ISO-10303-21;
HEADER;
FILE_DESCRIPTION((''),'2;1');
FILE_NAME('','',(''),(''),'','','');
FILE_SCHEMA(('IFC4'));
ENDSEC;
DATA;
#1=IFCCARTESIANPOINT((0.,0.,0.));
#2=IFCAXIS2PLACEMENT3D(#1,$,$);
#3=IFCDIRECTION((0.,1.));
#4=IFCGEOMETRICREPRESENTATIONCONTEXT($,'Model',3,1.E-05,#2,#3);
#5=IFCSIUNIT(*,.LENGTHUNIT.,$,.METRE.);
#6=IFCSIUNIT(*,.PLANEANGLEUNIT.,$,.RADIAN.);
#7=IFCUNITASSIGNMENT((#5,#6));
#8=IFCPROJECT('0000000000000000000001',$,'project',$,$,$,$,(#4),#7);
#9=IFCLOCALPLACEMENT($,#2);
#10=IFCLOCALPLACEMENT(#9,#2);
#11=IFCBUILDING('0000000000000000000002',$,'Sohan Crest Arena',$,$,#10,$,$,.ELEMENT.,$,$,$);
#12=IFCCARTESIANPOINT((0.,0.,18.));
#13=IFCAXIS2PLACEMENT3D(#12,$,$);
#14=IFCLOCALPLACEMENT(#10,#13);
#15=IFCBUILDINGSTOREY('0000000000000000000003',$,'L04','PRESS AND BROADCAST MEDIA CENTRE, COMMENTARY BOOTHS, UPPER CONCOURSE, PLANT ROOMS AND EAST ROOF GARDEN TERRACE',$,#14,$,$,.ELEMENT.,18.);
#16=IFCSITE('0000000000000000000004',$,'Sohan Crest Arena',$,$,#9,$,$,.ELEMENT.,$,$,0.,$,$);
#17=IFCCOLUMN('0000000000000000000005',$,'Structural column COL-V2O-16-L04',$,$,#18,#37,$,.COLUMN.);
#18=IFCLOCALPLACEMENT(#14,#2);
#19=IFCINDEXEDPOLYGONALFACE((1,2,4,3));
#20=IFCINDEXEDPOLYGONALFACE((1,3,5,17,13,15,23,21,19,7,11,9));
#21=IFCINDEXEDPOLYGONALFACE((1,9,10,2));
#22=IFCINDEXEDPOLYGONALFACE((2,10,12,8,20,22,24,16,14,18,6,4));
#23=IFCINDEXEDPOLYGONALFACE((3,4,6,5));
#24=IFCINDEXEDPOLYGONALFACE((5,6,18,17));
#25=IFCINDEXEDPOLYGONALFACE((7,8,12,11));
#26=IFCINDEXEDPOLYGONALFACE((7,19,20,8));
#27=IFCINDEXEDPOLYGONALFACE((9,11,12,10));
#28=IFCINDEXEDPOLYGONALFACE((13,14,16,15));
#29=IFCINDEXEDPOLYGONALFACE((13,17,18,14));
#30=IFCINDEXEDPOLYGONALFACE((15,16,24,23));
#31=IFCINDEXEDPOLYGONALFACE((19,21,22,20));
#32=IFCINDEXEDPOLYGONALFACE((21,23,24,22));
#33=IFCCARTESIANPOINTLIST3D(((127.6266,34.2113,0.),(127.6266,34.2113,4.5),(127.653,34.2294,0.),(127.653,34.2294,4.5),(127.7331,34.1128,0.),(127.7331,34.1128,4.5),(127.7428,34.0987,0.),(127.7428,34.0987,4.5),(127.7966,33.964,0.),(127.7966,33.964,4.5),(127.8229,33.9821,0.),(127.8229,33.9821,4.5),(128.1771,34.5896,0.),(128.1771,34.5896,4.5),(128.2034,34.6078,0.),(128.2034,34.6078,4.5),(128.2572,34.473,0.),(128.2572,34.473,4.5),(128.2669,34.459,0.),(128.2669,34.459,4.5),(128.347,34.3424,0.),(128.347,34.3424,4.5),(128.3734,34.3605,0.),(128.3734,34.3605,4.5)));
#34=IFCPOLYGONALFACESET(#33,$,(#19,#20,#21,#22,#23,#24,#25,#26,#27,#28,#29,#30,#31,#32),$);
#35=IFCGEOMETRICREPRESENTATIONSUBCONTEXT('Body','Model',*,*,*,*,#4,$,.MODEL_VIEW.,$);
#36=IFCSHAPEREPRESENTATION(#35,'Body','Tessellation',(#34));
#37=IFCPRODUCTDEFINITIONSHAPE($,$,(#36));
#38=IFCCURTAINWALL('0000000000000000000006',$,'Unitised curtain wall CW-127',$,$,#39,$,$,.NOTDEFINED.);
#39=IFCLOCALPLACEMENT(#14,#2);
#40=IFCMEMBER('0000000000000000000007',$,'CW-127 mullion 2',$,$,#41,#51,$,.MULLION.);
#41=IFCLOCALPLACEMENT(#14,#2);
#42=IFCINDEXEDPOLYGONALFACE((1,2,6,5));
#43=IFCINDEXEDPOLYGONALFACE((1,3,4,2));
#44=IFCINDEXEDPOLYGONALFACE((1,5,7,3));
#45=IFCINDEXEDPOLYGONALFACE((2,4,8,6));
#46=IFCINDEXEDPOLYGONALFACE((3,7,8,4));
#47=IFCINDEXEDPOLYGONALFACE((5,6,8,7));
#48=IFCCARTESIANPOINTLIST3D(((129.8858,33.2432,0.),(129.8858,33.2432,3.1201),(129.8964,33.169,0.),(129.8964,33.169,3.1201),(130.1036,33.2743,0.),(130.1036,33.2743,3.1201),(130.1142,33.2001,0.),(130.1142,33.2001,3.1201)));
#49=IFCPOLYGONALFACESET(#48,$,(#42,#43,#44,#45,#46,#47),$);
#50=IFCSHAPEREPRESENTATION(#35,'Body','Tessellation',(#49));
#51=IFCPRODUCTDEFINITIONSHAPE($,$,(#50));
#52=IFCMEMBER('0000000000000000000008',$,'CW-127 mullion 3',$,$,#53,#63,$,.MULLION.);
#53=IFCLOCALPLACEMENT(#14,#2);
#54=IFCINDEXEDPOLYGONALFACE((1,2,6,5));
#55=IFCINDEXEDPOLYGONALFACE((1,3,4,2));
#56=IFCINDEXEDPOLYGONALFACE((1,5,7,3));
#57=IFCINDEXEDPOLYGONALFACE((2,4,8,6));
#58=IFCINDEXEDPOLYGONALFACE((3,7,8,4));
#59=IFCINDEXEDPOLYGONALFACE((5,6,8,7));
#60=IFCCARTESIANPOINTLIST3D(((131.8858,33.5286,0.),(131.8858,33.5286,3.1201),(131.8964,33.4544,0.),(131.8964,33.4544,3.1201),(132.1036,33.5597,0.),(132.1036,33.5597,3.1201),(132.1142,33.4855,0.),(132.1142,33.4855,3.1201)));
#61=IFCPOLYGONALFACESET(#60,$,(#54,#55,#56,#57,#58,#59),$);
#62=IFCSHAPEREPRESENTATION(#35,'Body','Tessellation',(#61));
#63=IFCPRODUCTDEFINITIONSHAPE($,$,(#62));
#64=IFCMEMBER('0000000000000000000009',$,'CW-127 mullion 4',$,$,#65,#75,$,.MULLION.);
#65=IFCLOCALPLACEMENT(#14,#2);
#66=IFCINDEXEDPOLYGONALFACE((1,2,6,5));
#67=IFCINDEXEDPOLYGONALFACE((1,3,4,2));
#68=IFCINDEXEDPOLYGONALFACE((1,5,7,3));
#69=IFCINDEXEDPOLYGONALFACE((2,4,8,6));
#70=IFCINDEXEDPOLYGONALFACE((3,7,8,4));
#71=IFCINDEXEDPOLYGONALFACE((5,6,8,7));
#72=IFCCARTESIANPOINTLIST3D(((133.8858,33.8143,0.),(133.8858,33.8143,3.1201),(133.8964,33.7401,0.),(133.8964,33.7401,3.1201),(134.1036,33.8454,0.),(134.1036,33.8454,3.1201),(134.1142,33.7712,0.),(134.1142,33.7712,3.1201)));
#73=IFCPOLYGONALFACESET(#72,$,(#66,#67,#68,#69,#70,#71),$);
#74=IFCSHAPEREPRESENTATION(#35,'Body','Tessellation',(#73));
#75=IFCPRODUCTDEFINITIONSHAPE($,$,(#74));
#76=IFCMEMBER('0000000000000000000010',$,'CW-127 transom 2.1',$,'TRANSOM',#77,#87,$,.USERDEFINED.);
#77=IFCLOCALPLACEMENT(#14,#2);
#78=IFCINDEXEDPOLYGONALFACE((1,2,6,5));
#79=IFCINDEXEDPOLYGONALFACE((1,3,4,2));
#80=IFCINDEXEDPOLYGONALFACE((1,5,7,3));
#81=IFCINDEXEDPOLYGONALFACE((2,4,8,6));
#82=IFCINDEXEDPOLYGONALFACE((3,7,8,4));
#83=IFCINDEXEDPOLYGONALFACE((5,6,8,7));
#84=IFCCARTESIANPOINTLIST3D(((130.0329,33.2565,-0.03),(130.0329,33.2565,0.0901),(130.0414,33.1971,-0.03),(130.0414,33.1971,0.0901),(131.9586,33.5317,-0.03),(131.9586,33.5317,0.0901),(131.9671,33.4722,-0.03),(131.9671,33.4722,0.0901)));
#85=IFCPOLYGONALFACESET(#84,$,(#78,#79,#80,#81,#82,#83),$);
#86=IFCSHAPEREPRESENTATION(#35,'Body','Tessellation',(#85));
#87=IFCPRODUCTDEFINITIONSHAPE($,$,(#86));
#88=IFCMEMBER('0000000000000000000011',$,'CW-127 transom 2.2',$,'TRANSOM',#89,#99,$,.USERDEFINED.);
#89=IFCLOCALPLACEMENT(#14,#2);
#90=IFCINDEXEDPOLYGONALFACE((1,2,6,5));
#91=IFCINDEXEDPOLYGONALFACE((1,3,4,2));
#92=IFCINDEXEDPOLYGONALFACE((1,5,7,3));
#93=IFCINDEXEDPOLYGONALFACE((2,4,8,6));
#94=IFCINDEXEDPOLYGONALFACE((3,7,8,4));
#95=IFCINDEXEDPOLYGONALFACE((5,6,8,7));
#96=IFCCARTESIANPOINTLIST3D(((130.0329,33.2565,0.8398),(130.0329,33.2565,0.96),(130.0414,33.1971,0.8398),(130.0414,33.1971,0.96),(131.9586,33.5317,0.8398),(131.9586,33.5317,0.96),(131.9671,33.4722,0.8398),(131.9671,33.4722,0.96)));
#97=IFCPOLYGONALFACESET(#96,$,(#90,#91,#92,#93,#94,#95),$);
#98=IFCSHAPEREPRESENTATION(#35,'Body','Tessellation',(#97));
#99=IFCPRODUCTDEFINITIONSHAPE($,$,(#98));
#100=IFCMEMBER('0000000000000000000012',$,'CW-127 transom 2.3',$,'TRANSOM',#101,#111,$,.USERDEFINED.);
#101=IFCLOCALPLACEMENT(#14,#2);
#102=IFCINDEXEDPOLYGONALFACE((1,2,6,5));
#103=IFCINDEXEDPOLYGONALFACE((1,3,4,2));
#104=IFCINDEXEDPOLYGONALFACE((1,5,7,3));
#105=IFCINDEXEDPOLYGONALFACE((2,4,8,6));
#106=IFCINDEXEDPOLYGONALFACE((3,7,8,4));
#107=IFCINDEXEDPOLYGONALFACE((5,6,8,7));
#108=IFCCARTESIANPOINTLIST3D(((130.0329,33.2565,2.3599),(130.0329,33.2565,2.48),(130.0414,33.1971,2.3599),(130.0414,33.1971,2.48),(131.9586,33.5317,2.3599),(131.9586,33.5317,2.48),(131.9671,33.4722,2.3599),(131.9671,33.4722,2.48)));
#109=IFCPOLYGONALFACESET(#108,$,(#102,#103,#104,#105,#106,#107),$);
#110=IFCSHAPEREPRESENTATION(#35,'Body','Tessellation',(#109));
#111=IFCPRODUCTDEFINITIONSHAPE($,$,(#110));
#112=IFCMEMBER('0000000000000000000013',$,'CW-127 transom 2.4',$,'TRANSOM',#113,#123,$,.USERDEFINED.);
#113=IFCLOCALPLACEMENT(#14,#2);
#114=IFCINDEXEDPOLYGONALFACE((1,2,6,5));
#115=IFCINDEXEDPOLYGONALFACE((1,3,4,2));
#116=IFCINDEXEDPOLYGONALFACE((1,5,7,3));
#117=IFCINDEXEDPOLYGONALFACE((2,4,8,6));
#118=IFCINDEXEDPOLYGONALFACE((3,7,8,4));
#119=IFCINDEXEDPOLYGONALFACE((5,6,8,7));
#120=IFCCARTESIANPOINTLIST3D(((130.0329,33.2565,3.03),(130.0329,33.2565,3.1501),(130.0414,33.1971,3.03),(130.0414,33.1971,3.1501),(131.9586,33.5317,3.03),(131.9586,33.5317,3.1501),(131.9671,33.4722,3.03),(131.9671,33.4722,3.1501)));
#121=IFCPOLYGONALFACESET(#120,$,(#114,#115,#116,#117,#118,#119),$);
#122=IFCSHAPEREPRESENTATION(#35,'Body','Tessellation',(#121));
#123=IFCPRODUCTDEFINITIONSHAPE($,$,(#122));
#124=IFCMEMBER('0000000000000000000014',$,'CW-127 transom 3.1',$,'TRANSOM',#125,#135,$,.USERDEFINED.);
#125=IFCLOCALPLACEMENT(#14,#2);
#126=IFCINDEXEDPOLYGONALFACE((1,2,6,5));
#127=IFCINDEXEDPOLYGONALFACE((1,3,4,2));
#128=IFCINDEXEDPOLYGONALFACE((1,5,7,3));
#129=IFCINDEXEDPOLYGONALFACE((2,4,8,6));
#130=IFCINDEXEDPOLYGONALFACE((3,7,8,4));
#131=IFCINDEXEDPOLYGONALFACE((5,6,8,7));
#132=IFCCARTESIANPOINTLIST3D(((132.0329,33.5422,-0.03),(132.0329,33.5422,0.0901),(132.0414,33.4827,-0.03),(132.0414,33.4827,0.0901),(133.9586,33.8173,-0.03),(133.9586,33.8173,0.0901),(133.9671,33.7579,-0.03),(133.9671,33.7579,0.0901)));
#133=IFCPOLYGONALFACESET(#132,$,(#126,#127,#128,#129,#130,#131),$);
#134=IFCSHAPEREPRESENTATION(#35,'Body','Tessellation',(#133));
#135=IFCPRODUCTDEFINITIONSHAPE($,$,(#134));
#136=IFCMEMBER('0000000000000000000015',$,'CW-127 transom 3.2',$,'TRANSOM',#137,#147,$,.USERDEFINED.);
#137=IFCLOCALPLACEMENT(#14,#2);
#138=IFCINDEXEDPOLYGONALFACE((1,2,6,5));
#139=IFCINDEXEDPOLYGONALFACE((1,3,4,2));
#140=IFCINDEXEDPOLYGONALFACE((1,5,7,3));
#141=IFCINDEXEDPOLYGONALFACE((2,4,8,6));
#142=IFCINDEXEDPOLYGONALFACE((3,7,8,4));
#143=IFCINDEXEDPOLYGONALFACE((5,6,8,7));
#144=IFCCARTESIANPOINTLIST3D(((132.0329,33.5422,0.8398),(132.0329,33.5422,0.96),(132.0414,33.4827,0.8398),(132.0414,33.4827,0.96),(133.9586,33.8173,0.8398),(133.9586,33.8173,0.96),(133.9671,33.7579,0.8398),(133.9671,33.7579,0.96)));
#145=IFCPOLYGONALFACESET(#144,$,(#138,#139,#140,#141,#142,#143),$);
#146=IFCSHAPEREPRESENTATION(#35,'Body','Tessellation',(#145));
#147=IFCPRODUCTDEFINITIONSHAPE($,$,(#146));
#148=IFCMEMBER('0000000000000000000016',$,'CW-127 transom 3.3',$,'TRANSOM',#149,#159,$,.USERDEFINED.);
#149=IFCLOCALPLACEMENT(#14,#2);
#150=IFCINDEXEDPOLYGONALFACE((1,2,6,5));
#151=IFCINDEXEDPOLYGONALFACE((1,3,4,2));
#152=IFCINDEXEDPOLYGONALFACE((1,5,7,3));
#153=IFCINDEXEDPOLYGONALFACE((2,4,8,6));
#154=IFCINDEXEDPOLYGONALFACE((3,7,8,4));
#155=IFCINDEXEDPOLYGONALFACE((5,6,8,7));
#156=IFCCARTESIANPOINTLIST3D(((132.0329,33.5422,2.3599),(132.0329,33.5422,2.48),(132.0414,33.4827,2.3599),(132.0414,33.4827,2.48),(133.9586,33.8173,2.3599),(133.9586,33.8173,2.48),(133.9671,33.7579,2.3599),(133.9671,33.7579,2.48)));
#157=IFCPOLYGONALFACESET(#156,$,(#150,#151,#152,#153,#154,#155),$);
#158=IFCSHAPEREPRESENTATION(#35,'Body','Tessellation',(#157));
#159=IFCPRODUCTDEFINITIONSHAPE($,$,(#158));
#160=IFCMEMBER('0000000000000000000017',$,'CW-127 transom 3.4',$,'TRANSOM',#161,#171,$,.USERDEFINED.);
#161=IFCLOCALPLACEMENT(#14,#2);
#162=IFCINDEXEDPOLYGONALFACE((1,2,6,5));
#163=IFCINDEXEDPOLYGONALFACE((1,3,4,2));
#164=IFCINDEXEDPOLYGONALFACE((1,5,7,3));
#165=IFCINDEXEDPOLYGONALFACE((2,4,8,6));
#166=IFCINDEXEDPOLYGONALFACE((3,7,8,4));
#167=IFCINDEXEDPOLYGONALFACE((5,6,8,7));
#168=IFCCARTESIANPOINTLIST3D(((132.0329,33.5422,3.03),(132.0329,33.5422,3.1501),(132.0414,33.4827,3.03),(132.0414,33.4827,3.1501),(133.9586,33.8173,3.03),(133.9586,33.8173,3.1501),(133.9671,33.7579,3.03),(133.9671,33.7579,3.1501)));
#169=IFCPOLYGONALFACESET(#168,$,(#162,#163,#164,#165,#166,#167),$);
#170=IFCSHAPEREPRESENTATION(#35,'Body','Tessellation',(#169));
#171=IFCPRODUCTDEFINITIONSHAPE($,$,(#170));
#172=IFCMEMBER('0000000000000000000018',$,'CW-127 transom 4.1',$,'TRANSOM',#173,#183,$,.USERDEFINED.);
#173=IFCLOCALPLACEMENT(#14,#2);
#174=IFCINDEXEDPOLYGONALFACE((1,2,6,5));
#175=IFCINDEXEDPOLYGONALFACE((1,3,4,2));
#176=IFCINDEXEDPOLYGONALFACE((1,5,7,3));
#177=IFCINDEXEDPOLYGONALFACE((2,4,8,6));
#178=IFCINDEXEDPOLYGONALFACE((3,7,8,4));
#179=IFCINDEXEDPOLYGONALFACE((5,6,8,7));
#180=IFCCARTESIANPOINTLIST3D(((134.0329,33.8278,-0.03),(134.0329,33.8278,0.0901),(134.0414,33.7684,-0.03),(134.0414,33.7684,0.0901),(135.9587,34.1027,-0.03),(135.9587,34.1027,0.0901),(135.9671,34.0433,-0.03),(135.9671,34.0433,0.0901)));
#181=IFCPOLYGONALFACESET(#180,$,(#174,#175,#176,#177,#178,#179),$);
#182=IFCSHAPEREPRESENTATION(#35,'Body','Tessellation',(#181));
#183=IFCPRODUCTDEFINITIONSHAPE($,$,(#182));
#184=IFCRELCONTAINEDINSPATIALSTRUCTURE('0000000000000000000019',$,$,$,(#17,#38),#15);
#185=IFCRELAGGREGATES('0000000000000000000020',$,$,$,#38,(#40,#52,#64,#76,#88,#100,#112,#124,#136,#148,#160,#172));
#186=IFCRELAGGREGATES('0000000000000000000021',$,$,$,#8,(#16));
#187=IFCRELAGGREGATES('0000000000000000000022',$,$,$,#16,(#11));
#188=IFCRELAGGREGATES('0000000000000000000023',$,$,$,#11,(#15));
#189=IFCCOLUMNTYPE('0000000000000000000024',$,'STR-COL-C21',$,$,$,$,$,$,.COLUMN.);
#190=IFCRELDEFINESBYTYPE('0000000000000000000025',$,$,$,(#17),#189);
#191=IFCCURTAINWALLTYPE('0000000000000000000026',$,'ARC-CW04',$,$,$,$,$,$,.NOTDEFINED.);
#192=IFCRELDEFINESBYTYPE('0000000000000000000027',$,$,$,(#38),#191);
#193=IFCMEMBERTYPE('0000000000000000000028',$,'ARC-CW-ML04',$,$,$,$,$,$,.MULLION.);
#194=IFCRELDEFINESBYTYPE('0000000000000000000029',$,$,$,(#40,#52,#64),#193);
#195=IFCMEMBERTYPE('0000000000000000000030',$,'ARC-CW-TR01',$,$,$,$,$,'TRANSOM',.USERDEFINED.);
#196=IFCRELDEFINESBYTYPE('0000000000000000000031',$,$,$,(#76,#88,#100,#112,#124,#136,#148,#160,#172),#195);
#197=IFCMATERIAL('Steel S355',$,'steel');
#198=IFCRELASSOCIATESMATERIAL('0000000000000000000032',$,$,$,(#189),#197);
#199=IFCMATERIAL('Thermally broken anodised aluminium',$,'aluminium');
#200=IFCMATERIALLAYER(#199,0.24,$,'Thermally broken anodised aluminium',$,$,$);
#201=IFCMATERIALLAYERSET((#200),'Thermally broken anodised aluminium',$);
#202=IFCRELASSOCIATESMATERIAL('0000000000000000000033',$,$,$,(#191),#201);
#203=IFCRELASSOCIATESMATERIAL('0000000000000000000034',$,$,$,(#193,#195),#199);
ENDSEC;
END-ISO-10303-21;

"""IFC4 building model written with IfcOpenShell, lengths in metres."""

from ifc_helpers import new_model, si_unit, direction, frame, origin, origin_2d, place, context, subcontext, project, spatial, rectangle, i_section, extrude, material, layer, layer_set, material_profile, profile_set, type_object, element, aggregate, save


model = new_model("IFC4")

# Units and contexts
model_context = context("Model", 3, precision=1e-05, world=origin(), true_north=direction((0.0, 1.0)))
body_context = subcontext(model_context, "Body", "Model", "MODEL_VIEW")
ifc_project = project(units=[si_unit("LENGTHUNIT", "METRE"), si_unit("PLANEANGLEUNIT", "RADIAN")], contexts=[model_context])

# Site, building, storey
site_placement = place(None, origin())
site = spatial("IfcSite", under=ifc_project, at=site_placement, Name="Sohan Crest Arena", CompositionType="ELEMENT", RefElevation=0.0)
building_placement = place(site_placement, origin())
building = spatial("IfcBuilding", under=site, at=building_placement, Name="Sohan Crest Arena", CompositionType="ELEMENT")
storey_placement = place(building_placement, frame((0.0, 0.0, 18.0)))
storey = spatial("IfcBuildingStorey", under=building, at=storey_placement, Name="L04", Description="PRESS AND BROADCAST MEDIA CENTRE, COMMENTARY BOOTHS, UPPER CONCOURSE, PLANT ROOMS AND EAST ROOF GARDEN TERRACE", CompositionType="ELEMENT", Elevation=18.0)

# Column
ifc_material_1 = material(Name="Steel S355", Category="steel")
ifc_material_profile_1 = material_profile(ifc_material_1, i_section(OverallWidth=0.3, OverallDepth=0.7, WebThickness=0.0171, FlangeThickness=0.032, at=origin_2d()), Name="HEB 700")
ifc_profile_set_1 = profile_set([ifc_material_profile_1], Name="Steel S355")
column_type = type_object("IfcColumnType", Name="STR-COL-C21", PredefinedType="COLUMN", material=ifc_profile_set_1)
column_placement = place(storey_placement, frame((128.0, 34.2859, 0.0), z_axis=(0.0, 0.0, 1.0), x_axis=(-0.566406, 0.824126, 0.0)))
element("IfcColumn", 1, at=column_placement, inside=storey, type_object=column_type, Name="Structural column COL-V2O-16-L04", PredefinedType="COLUMN", context=body_context, shape_type="SweptSolid", body=[
    extrude(i_section(OverallWidth=0.3, OverallDepth=0.7, WebThickness=0.0171, FlangeThickness=0.032, at=origin_2d()), origin(), (0.0, 0.0, 1.0), 4.5),
])

# Curtain wall, members
ifc_material_2 = material(Name="Thermally broken anodised aluminium", Category="aluminium")
ifc_layer_1 = layer(ifc_material_2, 0.24, Name="Thermally broken anodised aluminium")
ifc_layer_set_1 = layer_set([ifc_layer_1], Name="Thermally broken anodised aluminium")
curtain_wall_type = type_object("IfcCurtainWallType", Name="ARC-CW04", PredefinedType="NOTDEFINED", material=ifc_layer_set_1)
curtain_wall_placement = place(storey_placement, origin())
curtain_wall = element("IfcCurtainWall", 2, at=curtain_wall_placement, inside=storey, type_object=curtain_wall_type, Name="Unitised curtain wall CW-127", PredefinedType="NOTDEFINED")
ifc_material_profile_2 = material_profile(ifc_material_2, rectangle(XDim=0.075, YDim=0.22, at=origin_2d()), Name="ALU-MULL 75x220")
ifc_profile_set_2 = profile_set([ifc_material_profile_2], Name="Thermally broken anodised aluminium")
member_type_1 = type_object("IfcMemberType", Name="ARC-CW-ML04", PredefinedType="MULLION", material=ifc_profile_set_2)
member_1_placement = place(storey_placement, frame((130.0, 33.2217, 0.0), z_axis=(0.0, 0.0, 1.0), x_axis=(-0.141366, 0.989957, 0.0)))
member_1 = element("IfcMember", 3, at=member_1_placement, type_object=member_type_1, Name="CW-127 mullion 2", PredefinedType="MULLION", context=body_context, shape_type="SweptSolid", body=[
    extrude(rectangle(XDim=0.075, YDim=0.22, at=origin_2d()), origin(), (0.0, 0.0, 1.0), 3.1201),
])
member_2_placement = place(storey_placement, frame((132.0, 33.5071, 0.0), z_axis=(0.0, 0.0, 1.0), x_axis=(-0.141366, 0.989957, 0.0)))
member_2 = element("IfcMember", 4, at=member_2_placement, type_object=member_type_1, Name="CW-127 mullion 3", PredefinedType="MULLION", context=body_context, shape_type="SweptSolid", body=[
    extrude(rectangle(XDim=0.075, YDim=0.22, at=origin_2d()), origin(), (0.0, 0.0, 1.0), 3.1201),
])
member_3_placement = place(storey_placement, frame((134.0, 33.7927, 0.0), z_axis=(0.0, 0.0, 1.0), x_axis=(-0.141366, 0.989957, 0.0)))
member_3 = element("IfcMember", 5, at=member_3_placement, type_object=member_type_1, Name="CW-127 mullion 4", PredefinedType="MULLION", context=body_context, shape_type="SweptSolid", body=[
    extrude(rectangle(XDim=0.075, YDim=0.22, at=origin_2d()), origin(), (0.0, 0.0, 1.0), 3.1201),
])
ifc_material_profile_3 = material_profile(ifc_material_2, rectangle(XDim=0.0601, YDim=0.1201, at=origin_2d()), Name="ALU-TRAN 60x120")
ifc_profile_set_3 = profile_set([ifc_material_profile_3], Name="Thermally broken anodised aluminium")
member_type_2 = type_object("IfcMemberType", Name="ARC-CW-TR01", ElementType="TRANSOM", PredefinedType="USERDEFINED", material=ifc_profile_set_3)
member_4_placement = place(storey_placement, frame((130.0371, 33.2268, 0.03), z_axis=(0.989947, 0.141439, 0.0), x_axis=(-0.141439, 0.989947, 0.0)))
member_4 = element("IfcMember", 6, at=member_4_placement, type_object=member_type_2, Name="CW-127 transom 2.1", ObjectType="TRANSOM", PredefinedType="USERDEFINED", context=body_context, shape_type="SweptSolid", body=[
    extrude(rectangle(XDim=0.0601, YDim=0.1201, at=origin_2d()), origin(), (0.0, 0.0, 1.0), 1.9453),
])
member_5_placement = place(storey_placement, frame((130.0371, 33.2268, 0.8999), z_axis=(0.989947, 0.141439, 0.0), x_axis=(-0.141439, 0.989947, 0.0)))
member_5 = element("IfcMember", 7, at=member_5_placement, type_object=member_type_2, Name="CW-127 transom 2.2", ObjectType="TRANSOM", PredefinedType="USERDEFINED", context=body_context, shape_type="SweptSolid", body=[
    extrude(rectangle(XDim=0.0601, YDim=0.1201, at=origin_2d()), origin(), (0.0, 0.0, 1.0), 1.9453),
])
member_6_placement = place(storey_placement, frame((130.0371, 33.2268, 2.4199), z_axis=(0.989947, 0.141439, 0.0), x_axis=(-0.141439, 0.989947, 0.0)))
member_6 = element("IfcMember", 8, at=member_6_placement, type_object=member_type_2, Name="CW-127 transom 2.3", ObjectType="TRANSOM", PredefinedType="USERDEFINED", context=body_context, shape_type="SweptSolid", body=[
    extrude(rectangle(XDim=0.0601, YDim=0.1201, at=origin_2d()), origin(), (0.0, 0.0, 1.0), 1.9453),
])
member_7_placement = place(storey_placement, frame((130.0371, 33.2268, 3.0901), z_axis=(0.989947, 0.141439, 0.0), x_axis=(-0.141439, 0.989947, 0.0)))
member_7 = element("IfcMember", 9, at=member_7_placement, type_object=member_type_2, Name="CW-127 transom 2.4", ObjectType="TRANSOM", PredefinedType="USERDEFINED", context=body_context, shape_type="SweptSolid", body=[
    extrude(rectangle(XDim=0.0601, YDim=0.1201, at=origin_2d()), origin(), (0.0, 0.0, 1.0), 1.9453),
])
member_8_placement = place(storey_placement, frame((132.0371, 33.5125, 0.03), z_axis=(0.989947, 0.141439, 0.0), x_axis=(-0.141439, 0.989947, 0.0)))
member_8 = element("IfcMember", 10, at=member_8_placement, type_object=member_type_2, Name="CW-127 transom 3.1", ObjectType="TRANSOM", PredefinedType="USERDEFINED", context=body_context, shape_type="SweptSolid", body=[
    extrude(rectangle(XDim=0.0601, YDim=0.1201, at=origin_2d()), origin(), (0.0, 0.0, 1.0), 1.9453),
])
member_9_placement = place(storey_placement, frame((132.0371, 33.5125, 0.8999), z_axis=(0.989947, 0.141439, 0.0), x_axis=(-0.141439, 0.989947, 0.0)))
member_9 = element("IfcMember", 11, at=member_9_placement, type_object=member_type_2, Name="CW-127 transom 3.2", ObjectType="TRANSOM", PredefinedType="USERDEFINED", context=body_context, shape_type="SweptSolid", body=[
    extrude(rectangle(XDim=0.0601, YDim=0.1201, at=origin_2d()), origin(), (0.0, 0.0, 1.0), 1.9453),
])
member_10_placement = place(storey_placement, frame((132.0371, 33.5125, 2.4199), z_axis=(0.989947, 0.141439, 0.0), x_axis=(-0.141439, 0.989947, 0.0)))
member_10 = element("IfcMember", 12, at=member_10_placement, type_object=member_type_2, Name="CW-127 transom 3.3", ObjectType="TRANSOM", PredefinedType="USERDEFINED", context=body_context, shape_type="SweptSolid", body=[
    extrude(rectangle(XDim=0.0601, YDim=0.1201, at=origin_2d()), origin(), (0.0, 0.0, 1.0), 1.9453),
])
member_11_placement = place(storey_placement, frame((132.0371, 33.5125, 3.0901), z_axis=(0.989947, 0.141439, 0.0), x_axis=(-0.141439, 0.989947, 0.0)))
member_11 = element("IfcMember", 13, at=member_11_placement, type_object=member_type_2, Name="CW-127 transom 3.4", ObjectType="TRANSOM", PredefinedType="USERDEFINED", context=body_context, shape_type="SweptSolid", body=[
    extrude(rectangle(XDim=0.0601, YDim=0.1201, at=origin_2d()), origin(), (0.0, 0.0, 1.0), 1.9453),
])
member_12_placement = place(storey_placement, frame((134.0371, 33.7981, 0.03), z_axis=(0.989965, 0.141316, 0.0), x_axis=(-0.141316, 0.989965, 0.0)))
member_12 = element("IfcMember", 14, at=member_12_placement, type_object=member_type_2, Name="CW-127 transom 4.1", ObjectType="TRANSOM", PredefinedType="USERDEFINED", context=body_context, shape_type="SweptSolid", body=[
    extrude(rectangle(XDim=0.0601, YDim=0.1201, at=origin_2d()), origin(), (0.0, 0.0, 1.0), 1.9453),
])

aggregate(curtain_wall, [member_1, member_2, member_3, member_4, member_5, member_6, member_7, member_8, member_9, member_10, member_11, member_12])

save(model, "model.ifc")
